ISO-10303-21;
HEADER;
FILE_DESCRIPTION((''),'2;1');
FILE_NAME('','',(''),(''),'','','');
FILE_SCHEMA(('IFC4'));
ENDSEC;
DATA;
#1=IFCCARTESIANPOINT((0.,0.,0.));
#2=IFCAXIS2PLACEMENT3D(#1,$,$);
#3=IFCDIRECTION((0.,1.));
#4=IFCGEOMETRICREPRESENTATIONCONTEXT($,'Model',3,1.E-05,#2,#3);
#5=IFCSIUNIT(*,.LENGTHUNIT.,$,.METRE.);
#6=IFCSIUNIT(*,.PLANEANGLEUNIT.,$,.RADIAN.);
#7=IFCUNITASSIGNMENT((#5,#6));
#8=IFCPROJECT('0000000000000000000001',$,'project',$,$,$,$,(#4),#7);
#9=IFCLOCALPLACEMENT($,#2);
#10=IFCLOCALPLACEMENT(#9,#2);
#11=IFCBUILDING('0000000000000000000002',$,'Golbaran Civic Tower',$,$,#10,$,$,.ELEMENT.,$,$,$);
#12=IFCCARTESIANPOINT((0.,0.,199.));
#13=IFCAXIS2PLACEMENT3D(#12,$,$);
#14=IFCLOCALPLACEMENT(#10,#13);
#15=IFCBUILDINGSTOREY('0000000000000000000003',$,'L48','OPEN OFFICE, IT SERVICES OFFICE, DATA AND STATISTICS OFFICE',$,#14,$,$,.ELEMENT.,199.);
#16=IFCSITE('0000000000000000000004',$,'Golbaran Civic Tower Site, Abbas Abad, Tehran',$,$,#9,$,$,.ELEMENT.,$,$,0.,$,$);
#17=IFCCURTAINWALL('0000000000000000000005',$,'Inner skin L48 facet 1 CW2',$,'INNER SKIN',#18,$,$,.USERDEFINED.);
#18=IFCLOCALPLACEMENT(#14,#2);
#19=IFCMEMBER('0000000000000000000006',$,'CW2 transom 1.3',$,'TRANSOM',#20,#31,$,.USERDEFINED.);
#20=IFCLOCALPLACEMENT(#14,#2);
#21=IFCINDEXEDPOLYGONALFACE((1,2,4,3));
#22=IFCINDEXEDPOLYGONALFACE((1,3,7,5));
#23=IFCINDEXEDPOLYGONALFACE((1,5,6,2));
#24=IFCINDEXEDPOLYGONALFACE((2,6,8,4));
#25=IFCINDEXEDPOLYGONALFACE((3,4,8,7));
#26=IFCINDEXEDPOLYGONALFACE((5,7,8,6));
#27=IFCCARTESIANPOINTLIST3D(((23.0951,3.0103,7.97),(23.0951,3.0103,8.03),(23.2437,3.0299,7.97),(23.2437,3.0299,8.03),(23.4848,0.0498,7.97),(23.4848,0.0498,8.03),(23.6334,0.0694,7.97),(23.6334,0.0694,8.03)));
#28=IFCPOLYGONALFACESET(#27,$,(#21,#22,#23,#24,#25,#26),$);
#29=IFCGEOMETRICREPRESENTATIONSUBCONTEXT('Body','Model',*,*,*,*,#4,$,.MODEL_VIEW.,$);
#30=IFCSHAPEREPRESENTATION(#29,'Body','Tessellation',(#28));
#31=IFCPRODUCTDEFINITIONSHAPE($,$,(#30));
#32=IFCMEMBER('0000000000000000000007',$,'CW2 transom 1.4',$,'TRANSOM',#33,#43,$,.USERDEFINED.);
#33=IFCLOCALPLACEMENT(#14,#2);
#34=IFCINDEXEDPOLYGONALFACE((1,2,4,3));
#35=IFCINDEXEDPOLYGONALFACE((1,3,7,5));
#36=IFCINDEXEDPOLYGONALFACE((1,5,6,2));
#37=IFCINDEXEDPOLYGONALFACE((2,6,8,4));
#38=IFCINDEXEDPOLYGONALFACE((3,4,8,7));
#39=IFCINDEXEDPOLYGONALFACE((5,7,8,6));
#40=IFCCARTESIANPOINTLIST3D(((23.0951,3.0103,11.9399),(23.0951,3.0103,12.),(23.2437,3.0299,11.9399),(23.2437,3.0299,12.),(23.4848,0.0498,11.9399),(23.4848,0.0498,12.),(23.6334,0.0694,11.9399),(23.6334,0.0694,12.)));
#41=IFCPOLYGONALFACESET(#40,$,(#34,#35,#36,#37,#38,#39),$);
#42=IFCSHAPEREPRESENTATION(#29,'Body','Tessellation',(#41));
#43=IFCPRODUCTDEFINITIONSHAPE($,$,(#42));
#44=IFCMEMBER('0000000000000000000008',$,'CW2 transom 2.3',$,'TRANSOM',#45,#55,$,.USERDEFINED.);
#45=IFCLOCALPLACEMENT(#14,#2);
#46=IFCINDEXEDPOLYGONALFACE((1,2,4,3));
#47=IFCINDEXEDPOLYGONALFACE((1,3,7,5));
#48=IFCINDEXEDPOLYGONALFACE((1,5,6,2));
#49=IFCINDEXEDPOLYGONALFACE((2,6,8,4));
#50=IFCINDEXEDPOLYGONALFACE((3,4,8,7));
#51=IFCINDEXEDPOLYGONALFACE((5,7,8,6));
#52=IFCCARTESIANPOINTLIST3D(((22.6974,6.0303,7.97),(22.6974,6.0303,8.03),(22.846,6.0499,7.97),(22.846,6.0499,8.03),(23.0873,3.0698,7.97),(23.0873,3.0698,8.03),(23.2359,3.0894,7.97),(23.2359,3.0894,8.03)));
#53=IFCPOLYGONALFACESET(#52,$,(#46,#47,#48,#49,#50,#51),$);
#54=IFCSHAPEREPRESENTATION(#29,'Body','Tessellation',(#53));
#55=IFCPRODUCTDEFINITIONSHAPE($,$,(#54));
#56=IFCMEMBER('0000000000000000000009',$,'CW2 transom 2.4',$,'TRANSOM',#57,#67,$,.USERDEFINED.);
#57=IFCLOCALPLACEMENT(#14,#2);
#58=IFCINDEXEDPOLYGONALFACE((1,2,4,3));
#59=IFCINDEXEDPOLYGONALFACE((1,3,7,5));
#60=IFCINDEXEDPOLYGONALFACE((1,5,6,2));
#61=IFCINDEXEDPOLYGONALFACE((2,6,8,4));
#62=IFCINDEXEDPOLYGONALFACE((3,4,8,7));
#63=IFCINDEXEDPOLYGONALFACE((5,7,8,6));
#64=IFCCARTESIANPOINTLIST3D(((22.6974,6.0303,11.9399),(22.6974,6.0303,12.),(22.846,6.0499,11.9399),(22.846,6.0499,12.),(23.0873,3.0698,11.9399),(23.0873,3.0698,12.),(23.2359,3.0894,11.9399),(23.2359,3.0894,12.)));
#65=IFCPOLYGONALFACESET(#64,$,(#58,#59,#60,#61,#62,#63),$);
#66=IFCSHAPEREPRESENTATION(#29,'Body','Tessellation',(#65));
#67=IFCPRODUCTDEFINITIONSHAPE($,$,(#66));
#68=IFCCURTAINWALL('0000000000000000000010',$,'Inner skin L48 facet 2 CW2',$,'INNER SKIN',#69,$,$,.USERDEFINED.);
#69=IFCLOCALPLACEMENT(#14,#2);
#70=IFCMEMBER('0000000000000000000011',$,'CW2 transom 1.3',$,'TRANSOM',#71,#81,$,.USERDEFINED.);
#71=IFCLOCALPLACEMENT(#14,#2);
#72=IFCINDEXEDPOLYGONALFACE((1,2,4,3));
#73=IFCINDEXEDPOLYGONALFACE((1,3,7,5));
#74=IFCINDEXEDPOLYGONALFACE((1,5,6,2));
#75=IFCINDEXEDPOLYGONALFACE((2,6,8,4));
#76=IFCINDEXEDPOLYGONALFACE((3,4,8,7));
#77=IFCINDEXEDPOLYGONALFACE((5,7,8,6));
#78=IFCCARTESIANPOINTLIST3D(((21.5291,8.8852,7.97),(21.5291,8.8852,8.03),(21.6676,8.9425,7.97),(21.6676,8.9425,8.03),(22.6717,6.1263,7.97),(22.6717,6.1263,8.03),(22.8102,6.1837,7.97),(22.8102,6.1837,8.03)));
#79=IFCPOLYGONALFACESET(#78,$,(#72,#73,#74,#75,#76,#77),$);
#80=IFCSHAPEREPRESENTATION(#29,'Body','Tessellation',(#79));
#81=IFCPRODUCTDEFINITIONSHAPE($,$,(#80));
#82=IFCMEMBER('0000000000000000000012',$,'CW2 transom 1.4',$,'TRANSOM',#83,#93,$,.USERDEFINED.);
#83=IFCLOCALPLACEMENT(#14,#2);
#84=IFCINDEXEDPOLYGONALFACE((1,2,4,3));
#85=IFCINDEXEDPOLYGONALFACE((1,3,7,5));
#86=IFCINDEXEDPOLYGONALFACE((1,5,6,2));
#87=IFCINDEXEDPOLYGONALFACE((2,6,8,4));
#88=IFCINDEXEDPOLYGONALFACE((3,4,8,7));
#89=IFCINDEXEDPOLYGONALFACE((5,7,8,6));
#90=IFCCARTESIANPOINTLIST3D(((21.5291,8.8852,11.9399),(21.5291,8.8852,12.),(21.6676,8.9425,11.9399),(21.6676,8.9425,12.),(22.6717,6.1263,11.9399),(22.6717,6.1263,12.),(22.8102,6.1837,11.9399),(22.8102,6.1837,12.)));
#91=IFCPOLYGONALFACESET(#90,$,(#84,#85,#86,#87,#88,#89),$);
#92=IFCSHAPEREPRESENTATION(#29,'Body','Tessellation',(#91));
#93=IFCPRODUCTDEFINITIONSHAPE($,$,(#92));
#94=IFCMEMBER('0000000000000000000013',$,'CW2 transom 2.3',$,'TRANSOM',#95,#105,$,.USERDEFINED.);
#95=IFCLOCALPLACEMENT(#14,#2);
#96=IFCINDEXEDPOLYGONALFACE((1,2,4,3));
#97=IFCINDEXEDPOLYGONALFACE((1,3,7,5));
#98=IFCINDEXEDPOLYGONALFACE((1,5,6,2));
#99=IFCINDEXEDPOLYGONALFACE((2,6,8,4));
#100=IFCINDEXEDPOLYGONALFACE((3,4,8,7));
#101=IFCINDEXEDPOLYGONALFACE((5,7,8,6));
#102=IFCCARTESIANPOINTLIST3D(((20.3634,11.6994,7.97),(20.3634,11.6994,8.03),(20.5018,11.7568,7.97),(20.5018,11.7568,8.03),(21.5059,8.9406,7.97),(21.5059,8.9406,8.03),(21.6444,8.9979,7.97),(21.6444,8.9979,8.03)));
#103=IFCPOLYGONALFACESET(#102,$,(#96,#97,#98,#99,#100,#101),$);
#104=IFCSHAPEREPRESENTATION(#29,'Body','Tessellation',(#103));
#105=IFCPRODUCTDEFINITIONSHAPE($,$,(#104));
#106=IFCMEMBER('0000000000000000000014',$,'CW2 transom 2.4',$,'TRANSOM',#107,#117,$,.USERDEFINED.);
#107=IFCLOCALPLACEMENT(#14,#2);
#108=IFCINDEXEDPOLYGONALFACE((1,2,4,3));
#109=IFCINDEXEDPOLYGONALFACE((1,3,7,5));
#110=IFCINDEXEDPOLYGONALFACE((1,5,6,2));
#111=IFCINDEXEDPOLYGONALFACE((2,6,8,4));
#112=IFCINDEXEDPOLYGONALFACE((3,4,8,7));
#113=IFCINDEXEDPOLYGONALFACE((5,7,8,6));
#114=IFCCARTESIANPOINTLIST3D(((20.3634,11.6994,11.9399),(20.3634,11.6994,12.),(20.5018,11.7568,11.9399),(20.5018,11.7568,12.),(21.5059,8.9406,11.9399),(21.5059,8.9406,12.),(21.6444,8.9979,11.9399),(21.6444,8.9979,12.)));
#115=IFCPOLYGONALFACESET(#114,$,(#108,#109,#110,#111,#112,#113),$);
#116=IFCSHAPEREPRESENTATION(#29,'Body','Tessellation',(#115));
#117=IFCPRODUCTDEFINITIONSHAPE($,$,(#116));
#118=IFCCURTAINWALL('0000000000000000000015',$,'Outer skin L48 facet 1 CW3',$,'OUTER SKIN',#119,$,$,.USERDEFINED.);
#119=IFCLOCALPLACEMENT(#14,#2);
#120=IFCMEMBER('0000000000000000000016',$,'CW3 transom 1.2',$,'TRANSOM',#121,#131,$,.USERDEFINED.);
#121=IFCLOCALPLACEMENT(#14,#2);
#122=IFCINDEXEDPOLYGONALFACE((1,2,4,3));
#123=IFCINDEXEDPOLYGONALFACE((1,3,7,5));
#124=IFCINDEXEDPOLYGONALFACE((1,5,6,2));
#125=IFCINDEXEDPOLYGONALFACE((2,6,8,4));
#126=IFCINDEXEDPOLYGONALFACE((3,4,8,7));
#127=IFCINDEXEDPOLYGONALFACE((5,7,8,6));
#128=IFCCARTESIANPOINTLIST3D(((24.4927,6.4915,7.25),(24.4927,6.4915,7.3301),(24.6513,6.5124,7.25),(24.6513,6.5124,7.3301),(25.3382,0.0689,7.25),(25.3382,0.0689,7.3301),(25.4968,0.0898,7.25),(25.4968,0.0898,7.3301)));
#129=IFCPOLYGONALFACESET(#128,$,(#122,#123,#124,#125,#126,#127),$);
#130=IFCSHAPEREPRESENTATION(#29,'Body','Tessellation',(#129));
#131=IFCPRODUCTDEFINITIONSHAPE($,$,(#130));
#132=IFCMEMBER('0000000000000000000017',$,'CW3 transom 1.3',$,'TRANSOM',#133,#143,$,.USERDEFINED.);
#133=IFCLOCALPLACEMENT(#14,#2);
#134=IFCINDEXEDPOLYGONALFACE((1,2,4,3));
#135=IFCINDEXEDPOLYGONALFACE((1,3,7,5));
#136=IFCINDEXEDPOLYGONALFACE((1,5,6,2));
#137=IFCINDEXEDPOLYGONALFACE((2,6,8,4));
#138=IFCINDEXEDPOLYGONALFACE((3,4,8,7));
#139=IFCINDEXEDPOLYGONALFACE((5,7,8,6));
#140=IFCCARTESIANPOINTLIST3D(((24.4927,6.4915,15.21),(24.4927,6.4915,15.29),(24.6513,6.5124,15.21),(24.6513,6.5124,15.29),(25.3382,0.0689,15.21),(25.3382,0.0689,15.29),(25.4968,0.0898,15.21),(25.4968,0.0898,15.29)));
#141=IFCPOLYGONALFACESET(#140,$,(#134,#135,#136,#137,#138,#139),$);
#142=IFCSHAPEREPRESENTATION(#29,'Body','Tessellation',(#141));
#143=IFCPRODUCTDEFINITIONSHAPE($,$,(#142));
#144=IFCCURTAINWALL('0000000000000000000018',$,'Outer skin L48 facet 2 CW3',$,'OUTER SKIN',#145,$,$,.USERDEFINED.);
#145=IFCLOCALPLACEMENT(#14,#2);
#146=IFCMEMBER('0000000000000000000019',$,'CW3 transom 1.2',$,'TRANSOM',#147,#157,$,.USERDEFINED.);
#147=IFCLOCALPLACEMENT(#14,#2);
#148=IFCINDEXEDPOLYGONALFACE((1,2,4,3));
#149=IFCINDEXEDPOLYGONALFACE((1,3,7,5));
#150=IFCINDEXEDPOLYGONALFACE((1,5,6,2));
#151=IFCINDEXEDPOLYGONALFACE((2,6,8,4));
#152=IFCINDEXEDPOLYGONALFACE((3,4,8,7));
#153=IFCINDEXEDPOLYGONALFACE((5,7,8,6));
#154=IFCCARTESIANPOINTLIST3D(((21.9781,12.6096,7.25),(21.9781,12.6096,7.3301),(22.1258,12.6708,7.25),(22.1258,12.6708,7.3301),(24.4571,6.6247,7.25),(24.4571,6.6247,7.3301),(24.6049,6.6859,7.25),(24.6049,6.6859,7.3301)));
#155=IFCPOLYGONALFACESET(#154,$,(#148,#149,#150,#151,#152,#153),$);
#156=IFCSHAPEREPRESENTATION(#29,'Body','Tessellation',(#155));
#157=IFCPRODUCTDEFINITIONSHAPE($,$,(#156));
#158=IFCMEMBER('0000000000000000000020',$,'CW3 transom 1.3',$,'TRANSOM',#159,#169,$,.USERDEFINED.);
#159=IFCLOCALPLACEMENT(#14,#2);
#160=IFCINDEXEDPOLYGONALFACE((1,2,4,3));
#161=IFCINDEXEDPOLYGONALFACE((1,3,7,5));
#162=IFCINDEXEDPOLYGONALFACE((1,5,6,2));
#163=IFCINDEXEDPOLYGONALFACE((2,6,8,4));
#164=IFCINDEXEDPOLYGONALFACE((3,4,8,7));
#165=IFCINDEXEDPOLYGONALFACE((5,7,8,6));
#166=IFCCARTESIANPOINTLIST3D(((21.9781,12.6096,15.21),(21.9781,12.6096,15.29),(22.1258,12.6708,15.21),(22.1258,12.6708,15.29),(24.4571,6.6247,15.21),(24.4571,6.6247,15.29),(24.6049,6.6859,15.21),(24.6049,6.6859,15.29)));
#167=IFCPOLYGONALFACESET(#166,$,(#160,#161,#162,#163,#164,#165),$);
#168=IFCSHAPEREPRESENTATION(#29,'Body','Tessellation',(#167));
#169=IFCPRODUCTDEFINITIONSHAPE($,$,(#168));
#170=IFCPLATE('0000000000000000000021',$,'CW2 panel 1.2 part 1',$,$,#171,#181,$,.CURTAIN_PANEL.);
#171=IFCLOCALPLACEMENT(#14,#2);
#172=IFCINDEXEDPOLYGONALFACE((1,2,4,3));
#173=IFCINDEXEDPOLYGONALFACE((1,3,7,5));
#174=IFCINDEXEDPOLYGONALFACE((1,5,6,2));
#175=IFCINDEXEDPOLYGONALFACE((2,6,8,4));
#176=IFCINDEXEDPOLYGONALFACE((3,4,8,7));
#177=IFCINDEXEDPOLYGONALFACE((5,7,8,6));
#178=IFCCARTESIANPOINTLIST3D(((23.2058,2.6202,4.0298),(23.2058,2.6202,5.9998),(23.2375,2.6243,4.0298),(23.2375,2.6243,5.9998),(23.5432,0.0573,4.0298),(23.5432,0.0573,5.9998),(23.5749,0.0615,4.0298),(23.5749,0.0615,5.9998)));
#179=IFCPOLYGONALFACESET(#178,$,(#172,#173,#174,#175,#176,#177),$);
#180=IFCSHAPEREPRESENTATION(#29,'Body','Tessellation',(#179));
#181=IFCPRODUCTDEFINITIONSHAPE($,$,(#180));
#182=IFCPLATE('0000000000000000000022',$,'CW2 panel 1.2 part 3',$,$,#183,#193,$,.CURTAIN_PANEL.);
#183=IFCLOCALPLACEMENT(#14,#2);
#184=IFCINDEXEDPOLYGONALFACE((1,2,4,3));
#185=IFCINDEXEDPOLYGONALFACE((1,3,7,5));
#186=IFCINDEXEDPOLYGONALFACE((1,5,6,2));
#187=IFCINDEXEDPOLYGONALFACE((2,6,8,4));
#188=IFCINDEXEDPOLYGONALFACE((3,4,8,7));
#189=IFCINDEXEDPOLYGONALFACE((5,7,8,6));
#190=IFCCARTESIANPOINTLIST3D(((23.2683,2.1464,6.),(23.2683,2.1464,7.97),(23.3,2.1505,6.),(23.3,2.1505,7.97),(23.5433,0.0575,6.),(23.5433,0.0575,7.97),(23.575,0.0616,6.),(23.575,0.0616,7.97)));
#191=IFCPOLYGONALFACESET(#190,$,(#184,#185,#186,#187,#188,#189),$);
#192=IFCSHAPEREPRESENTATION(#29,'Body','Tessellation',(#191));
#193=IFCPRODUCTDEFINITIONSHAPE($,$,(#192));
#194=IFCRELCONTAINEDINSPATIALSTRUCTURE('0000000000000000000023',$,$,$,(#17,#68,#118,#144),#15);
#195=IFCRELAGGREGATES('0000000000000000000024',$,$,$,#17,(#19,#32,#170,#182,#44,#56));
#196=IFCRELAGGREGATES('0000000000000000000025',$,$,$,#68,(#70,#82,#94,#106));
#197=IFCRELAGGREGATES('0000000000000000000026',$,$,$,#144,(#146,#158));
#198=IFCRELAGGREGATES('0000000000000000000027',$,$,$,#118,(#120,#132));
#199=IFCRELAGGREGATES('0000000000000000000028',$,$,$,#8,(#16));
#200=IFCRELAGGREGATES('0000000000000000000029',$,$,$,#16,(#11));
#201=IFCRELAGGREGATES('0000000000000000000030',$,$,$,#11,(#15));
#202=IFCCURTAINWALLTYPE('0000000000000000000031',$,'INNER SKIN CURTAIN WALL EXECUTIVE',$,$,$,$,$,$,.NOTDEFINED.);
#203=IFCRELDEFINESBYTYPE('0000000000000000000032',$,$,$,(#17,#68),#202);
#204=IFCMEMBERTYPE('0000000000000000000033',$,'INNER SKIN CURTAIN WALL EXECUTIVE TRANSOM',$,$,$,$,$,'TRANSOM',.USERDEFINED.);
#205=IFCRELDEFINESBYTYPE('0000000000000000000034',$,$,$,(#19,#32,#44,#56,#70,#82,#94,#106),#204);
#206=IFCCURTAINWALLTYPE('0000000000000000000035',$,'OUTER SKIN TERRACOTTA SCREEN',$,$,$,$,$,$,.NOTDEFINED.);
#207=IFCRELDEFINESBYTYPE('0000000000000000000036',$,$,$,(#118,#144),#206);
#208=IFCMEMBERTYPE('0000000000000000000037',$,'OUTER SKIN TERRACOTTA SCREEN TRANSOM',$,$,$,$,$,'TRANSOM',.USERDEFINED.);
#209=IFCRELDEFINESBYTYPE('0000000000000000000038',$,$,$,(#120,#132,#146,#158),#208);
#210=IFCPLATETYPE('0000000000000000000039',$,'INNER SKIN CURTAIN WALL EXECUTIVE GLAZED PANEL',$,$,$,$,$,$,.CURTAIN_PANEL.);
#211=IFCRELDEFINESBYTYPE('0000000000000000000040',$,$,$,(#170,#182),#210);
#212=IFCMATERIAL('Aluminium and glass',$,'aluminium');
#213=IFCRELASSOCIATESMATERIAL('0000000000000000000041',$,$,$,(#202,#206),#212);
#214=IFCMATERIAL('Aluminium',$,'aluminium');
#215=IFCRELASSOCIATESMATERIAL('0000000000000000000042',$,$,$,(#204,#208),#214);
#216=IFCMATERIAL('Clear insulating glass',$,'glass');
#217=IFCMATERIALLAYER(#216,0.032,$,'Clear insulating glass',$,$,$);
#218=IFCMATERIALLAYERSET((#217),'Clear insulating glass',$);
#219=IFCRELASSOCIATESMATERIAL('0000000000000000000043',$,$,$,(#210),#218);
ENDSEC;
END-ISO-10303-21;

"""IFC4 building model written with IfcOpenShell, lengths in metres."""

from ifc_helpers import new_model, si_unit, direction, frame, origin, origin_2d, place, context, subcontext, project, spatial, rectangle, extrude, material, layer, layer_set, material_profile, profile_set, type_object, element, aggregate, save


model = new_model("IFC4")

# Units and contexts
model_context = context("Model", 3, precision=1e-05, world=origin(), true_north=direction((0.0, 1.0)))
body_context = subcontext(model_context, "Body", "Model", "MODEL_VIEW")
ifc_project = project(units=[si_unit("LENGTHUNIT", "METRE"), si_unit("PLANEANGLEUNIT", "RADIAN")], contexts=[model_context])

# Site, building, storey
site_placement = place(None, origin())
site = spatial("IfcSite", under=ifc_project, at=site_placement, Name="Golbaran Civic Tower Site, Abbas Abad, Tehran", CompositionType="ELEMENT", RefElevation=0.0)
building_placement = place(site_placement, origin())
building = spatial("IfcBuilding", under=site, at=building_placement, Name="Golbaran Civic Tower", CompositionType="ELEMENT")
storey_placement = place(building_placement, frame((0.0, 0.0, 199.0)))
storey = spatial("IfcBuildingStorey", under=building, at=storey_placement, Name="L48", Description="OPEN OFFICE, IT SERVICES OFFICE, DATA AND STATISTICS OFFICE", CompositionType="ELEMENT", Elevation=199.0)

# Curtain walls, members
ifc_material_1 = material(Name="Aluminium and glass", Category="aluminium")
curtain_wall_type_1 = type_object("IfcCurtainWallType", Name="INNER SKIN CURTAIN WALL EXECUTIVE", PredefinedType="NOTDEFINED", material=ifc_material_1)
curtain_wall_1_placement = place(storey_placement, origin())
curtain_wall_1 = element("IfcCurtainWall", 1, at=curtain_wall_1_placement, inside=storey, type_object=curtain_wall_type_1, Name="Inner skin L48 facet 1 CW2", ObjectType="INNER SKIN", PredefinedType="USERDEFINED")
ifc_material_2 = material(Name="Aluminium", Category="aluminium")
ifc_material_profile_1 = material_profile(ifc_material_2, rectangle(XDim=0.1499, YDim=0.0601, at=origin_2d()), Name="INNER SKIN CURTAIN WALL EXECUTIVE TRANSOM")
ifc_profile_set_1 = profile_set([ifc_material_profile_1], Name="Aluminium")
member_type_1 = type_object("IfcMemberType", Name="INNER SKIN CURTAIN WALL EXECUTIVE TRANSOM", ElementType="TRANSOM", PredefinedType="USERDEFINED", material=ifc_profile_set_1)
member_1_placement = place(storey_placement, frame((23.5591, 0.0596, 8.0), z_axis=(-0.130493, 0.991449, 0.0), x_axis=(-0.991449, -0.130493, 0.0)))
member_1 = element("IfcMember", 2, at=member_1_placement, type_object=member_type_1, Name="CW2 transom 1.3", ObjectType="TRANSOM", PredefinedType="USERDEFINED", context=body_context, shape_type="SweptSolid", body=[
    extrude(rectangle(XDim=0.1499, YDim=0.0601, at=origin_2d()), origin(), (0.0, 0.0, 1.0), 2.9861),
])
member_2_placement = place(storey_placement, frame((23.5591, 0.0596, 11.97), z_axis=(-0.130493, 0.991449, 0.0), x_axis=(-0.991449, -0.130493, 0.0)))
member_2 = element("IfcMember", 3, at=member_2_placement, type_object=member_type_1, Name="CW2 transom 1.4", ObjectType="TRANSOM", PredefinedType="USERDEFINED", context=body_context, shape_type="SweptSolid", body=[
    extrude(rectangle(XDim=0.1499, YDim=0.0601, at=origin_2d()), origin(), (0.0, 0.0, 1.0), 2.9861),
])
member_3_placement = place(storey_placement, frame((23.1616, 3.0796, 8.0), z_axis=(-0.130573, 0.991439, 0.0), x_axis=(-0.991439, -0.130573, 0.0)))
member_3 = element("IfcMember", 4, at=member_3_placement, type_object=member_type_1, Name="CW2 transom 2.3", ObjectType="TRANSOM", PredefinedType="USERDEFINED", context=body_context, shape_type="SweptSolid", body=[
    extrude(rectangle(XDim=0.1499, YDim=0.0601, at=origin_2d()), origin(), (0.0, 0.0, 1.0), 2.9861),
])
member_4_placement = place(storey_placement, frame((23.1616, 3.0796, 11.97), z_axis=(-0.130573, 0.991439, 0.0), x_axis=(-0.991439, -0.130573, 0.0)))
member_4 = element("IfcMember", 5, at=member_4_placement, type_object=member_type_1, Name="CW2 transom 2.4", ObjectType="TRANSOM", PredefinedType="USERDEFINED", context=body_context, shape_type="SweptSolid", body=[
    extrude(rectangle(XDim=0.1499, YDim=0.0601, at=origin_2d()), origin(), (0.0, 0.0, 1.0), 2.9861),
])
curtain_wall_2_placement = place(storey_placement, origin())
curtain_wall_2 = element("IfcCurtainWall", 6, at=curtain_wall_2_placement, inside=storey, type_object=curtain_wall_type_1, Name="Inner skin L48 facet 2 CW2", ObjectType="INNER SKIN", PredefinedType="USERDEFINED")
member_5_placement = place(storey_placement, frame((22.741, 6.155, 8.0), z_axis=(-0.382641, 0.923897, 0.0), x_axis=(-0.923897, -0.382641, 0.0)))
member_5 = element("IfcMember", 7, at=member_5_placement, type_object=member_type_1, Name="CW2 transom 1.3", ObjectType="TRANSOM", PredefinedType="USERDEFINED", context=body_context, shape_type="SweptSolid", body=[
    extrude(rectangle(XDim=0.1499, YDim=0.0601, at=origin_2d()), origin(), (0.0, 0.0, 1.0), 2.9861),
])
member_6_placement = place(storey_placement, frame((22.741, 6.155, 11.97), z_axis=(-0.382641, 0.923897, 0.0), x_axis=(-0.923897, -0.382641, 0.0)))
member_6 = element("IfcMember", 8, at=member_6_placement, type_object=member_type_1, Name="CW2 transom 1.4", ObjectType="TRANSOM", PredefinedType="USERDEFINED", context=body_context, shape_type="SweptSolid", body=[
    extrude(rectangle(XDim=0.1499, YDim=0.0601, at=origin_2d()), origin(), (0.0, 0.0, 1.0), 2.9861),
])
member_7_placement = place(storey_placement, frame((21.5752, 8.9692, 8.0), z_axis=(-0.382641, 0.923897, 0.0), x_axis=(-0.923897, -0.382641, 0.0)))
member_7 = element("IfcMember", 9, at=member_7_placement, type_object=member_type_1, Name="CW2 transom 2.3", ObjectType="TRANSOM", PredefinedType="USERDEFINED", context=body_context, shape_type="SweptSolid", body=[
    extrude(rectangle(XDim=0.1499, YDim=0.0601, at=origin_2d()), origin(), (0.0, 0.0, 1.0), 2.9861),
])
member_8_placement = place(storey_placement, frame((21.5752, 8.9692, 11.97), z_axis=(-0.382641, 0.923897, 0.0), x_axis=(-0.923897, -0.382641, 0.0)))
member_8 = element("IfcMember", 10, at=member_8_placement, type_object=member_type_1, Name="CW2 transom 2.4", ObjectType="TRANSOM", PredefinedType="USERDEFINED", context=body_context, shape_type="SweptSolid", body=[
    extrude(rectangle(XDim=0.1499, YDim=0.0601, at=origin_2d()), origin(), (0.0, 0.0, 1.0), 2.9861),
])
curtain_wall_type_2 = type_object("IfcCurtainWallType", Name="OUTER SKIN TERRACOTTA SCREEN", PredefinedType="NOTDEFINED", material=ifc_material_1)
curtain_wall_3_placement = place(storey_placement, origin())
curtain_wall_3 = element("IfcCurtainWall", 11, at=curtain_wall_3_placement, inside=storey, type_object=curtain_wall_type_2, Name="Outer skin L48 facet 1 CW3", ObjectType="OUTER SKIN", PredefinedType="USERDEFINED")
ifc_material_profile_2 = material_profile(ifc_material_2, rectangle(XDim=0.1599, YDim=0.0801, at=origin_2d()), Name="OUTER SKIN TERRACOTTA SCREEN TRANSOM")
ifc_profile_set_2 = profile_set([ifc_material_profile_2], Name="Aluminium")
member_type_2 = type_object("IfcMemberType", Name="OUTER SKIN TERRACOTTA SCREEN TRANSOM", ElementType="TRANSOM", PredefinedType="USERDEFINED", material=ifc_profile_set_2)
member_9_placement = place(storey_placement, frame((25.4175, 0.0793, 7.29), z_axis=(-0.130512, 0.991447, 0.0), x_axis=(-0.991447, -0.130512, 0.0)))
member_9 = element("IfcMember", 12, at=member_9_placement, type_object=member_type_2, Name="CW3 transom 1.2", ObjectType="TRANSOM", PredefinedType="USERDEFINED", context=body_context, shape_type="SweptSolid", body=[
    extrude(rectangle(XDim=0.1599, YDim=0.0801, at=origin_2d()), origin(), (0.0, 0.0, 1.0), 6.478),
])
member_10_placement = place(storey_placement, frame((25.4175, 0.0793, 15.25), z_axis=(-0.130512, 0.991447, 0.0), x_axis=(-0.991447, -0.130512, 0.0)))
member_10 = element("IfcMember", 13, at=member_10_placement, type_object=member_type_2, Name="CW3 transom 1.3", ObjectType="TRANSOM", PredefinedType="USERDEFINED", context=body_context, shape_type="SweptSolid", body=[
    extrude(rectangle(XDim=0.1599, YDim=0.0801, at=origin_2d()), origin(), (0.0, 0.0, 1.0), 6.478),
])
curtain_wall_4_placement = place(storey_placement, origin())
curtain_wall_4 = element("IfcCurtainWall", 14, at=curtain_wall_4_placement, inside=storey, type_object=curtain_wall_type_2, Name="Outer skin L48 facet 2 CW3", ObjectType="OUTER SKIN", PredefinedType="USERDEFINED")
member_11_placement = place(storey_placement, frame((24.531, 6.6553, 7.29), z_axis=(-0.382682, 0.92388, 0.0), x_axis=(-0.92388, -0.382682, 0.0)))
member_11 = element("IfcMember", 15, at=member_11_placement, type_object=member_type_2, Name="CW3 transom 1.2", ObjectType="TRANSOM", PredefinedType="USERDEFINED", context=body_context, shape_type="SweptSolid", body=[
    extrude(rectangle(XDim=0.1599, YDim=0.0801, at=origin_2d()), origin(), (0.0, 0.0, 1.0), 6.478),
])
member_12_placement = place(storey_placement, frame((24.531, 6.6553, 15.25), z_axis=(-0.382682, 0.92388, 0.0), x_axis=(-0.92388, -0.382682, 0.0)))
member_12 = element("IfcMember", 16, at=member_12_placement, type_object=member_type_2, Name="CW3 transom 1.3", ObjectType="TRANSOM", PredefinedType="USERDEFINED", context=body_context, shape_type="SweptSolid", body=[
    extrude(rectangle(XDim=0.1599, YDim=0.0801, at=origin_2d()), origin(), (0.0, 0.0, 1.0), 6.478),
])

# Plates
ifc_material_3 = material(Name="Clear insulating glass", Category="glass")
ifc_layer_1 = layer(ifc_material_3, 0.032, Name="Clear insulating glass")
ifc_layer_set_1 = layer_set([ifc_layer_1], Name="Clear insulating glass")
plate_type_1 = type_object("IfcPlateType", Name="INNER SKIN CURTAIN WALL EXECUTIVE GLAZED PANEL", PredefinedType="CURTAIN_PANEL", material=ifc_layer_set_1)
plate_1_placement = place(storey_placement, frame((23.3904, 1.3408, 4.0298), z_axis=(0.0, 0.0, 1.0), x_axis=(-0.130526, 0.991445, 0.0)))
plate_1 = element("IfcPlate", 17, at=plate_1_placement, type_object=plate_type_1, Name="CW2 panel 1.2 part 1", PredefinedType="CURTAIN_PANEL", context=body_context, shape_type="SweptSolid", body=[
    extrude(rectangle(XDim=2.585, YDim=0.032, at=origin_2d()), origin(), (0.0, 0.0, 1.0), 1.97),
])
plate_2_placement = place(storey_placement, frame((23.4216, 1.104, 6.0), z_axis=(0.0, 0.0, 1.0), x_axis=(-0.130526, 0.991445, 0.0)))
plate_2 = element("IfcPlate", 18, at=plate_2_placement, type_object=plate_type_1, Name="CW2 panel 1.2 part 3", PredefinedType="CURTAIN_PANEL", context=body_context, shape_type="SweptSolid", body=[
    extrude(rectangle(XDim=2.1069, YDim=0.032, at=origin_2d()), origin(), (0.0, 0.0, 1.0), 1.97),
])
aggregate(curtain_wall_1, [member_1, member_2, plate_1, plate_2, member_3, member_4])
aggregate(curtain_wall_2, [member_5, member_6, member_7, member_8])
aggregate(curtain_wall_4, [member_11, member_12])
aggregate(curtain_wall_3, [member_9, member_10])

save(model, "model.ifc")
